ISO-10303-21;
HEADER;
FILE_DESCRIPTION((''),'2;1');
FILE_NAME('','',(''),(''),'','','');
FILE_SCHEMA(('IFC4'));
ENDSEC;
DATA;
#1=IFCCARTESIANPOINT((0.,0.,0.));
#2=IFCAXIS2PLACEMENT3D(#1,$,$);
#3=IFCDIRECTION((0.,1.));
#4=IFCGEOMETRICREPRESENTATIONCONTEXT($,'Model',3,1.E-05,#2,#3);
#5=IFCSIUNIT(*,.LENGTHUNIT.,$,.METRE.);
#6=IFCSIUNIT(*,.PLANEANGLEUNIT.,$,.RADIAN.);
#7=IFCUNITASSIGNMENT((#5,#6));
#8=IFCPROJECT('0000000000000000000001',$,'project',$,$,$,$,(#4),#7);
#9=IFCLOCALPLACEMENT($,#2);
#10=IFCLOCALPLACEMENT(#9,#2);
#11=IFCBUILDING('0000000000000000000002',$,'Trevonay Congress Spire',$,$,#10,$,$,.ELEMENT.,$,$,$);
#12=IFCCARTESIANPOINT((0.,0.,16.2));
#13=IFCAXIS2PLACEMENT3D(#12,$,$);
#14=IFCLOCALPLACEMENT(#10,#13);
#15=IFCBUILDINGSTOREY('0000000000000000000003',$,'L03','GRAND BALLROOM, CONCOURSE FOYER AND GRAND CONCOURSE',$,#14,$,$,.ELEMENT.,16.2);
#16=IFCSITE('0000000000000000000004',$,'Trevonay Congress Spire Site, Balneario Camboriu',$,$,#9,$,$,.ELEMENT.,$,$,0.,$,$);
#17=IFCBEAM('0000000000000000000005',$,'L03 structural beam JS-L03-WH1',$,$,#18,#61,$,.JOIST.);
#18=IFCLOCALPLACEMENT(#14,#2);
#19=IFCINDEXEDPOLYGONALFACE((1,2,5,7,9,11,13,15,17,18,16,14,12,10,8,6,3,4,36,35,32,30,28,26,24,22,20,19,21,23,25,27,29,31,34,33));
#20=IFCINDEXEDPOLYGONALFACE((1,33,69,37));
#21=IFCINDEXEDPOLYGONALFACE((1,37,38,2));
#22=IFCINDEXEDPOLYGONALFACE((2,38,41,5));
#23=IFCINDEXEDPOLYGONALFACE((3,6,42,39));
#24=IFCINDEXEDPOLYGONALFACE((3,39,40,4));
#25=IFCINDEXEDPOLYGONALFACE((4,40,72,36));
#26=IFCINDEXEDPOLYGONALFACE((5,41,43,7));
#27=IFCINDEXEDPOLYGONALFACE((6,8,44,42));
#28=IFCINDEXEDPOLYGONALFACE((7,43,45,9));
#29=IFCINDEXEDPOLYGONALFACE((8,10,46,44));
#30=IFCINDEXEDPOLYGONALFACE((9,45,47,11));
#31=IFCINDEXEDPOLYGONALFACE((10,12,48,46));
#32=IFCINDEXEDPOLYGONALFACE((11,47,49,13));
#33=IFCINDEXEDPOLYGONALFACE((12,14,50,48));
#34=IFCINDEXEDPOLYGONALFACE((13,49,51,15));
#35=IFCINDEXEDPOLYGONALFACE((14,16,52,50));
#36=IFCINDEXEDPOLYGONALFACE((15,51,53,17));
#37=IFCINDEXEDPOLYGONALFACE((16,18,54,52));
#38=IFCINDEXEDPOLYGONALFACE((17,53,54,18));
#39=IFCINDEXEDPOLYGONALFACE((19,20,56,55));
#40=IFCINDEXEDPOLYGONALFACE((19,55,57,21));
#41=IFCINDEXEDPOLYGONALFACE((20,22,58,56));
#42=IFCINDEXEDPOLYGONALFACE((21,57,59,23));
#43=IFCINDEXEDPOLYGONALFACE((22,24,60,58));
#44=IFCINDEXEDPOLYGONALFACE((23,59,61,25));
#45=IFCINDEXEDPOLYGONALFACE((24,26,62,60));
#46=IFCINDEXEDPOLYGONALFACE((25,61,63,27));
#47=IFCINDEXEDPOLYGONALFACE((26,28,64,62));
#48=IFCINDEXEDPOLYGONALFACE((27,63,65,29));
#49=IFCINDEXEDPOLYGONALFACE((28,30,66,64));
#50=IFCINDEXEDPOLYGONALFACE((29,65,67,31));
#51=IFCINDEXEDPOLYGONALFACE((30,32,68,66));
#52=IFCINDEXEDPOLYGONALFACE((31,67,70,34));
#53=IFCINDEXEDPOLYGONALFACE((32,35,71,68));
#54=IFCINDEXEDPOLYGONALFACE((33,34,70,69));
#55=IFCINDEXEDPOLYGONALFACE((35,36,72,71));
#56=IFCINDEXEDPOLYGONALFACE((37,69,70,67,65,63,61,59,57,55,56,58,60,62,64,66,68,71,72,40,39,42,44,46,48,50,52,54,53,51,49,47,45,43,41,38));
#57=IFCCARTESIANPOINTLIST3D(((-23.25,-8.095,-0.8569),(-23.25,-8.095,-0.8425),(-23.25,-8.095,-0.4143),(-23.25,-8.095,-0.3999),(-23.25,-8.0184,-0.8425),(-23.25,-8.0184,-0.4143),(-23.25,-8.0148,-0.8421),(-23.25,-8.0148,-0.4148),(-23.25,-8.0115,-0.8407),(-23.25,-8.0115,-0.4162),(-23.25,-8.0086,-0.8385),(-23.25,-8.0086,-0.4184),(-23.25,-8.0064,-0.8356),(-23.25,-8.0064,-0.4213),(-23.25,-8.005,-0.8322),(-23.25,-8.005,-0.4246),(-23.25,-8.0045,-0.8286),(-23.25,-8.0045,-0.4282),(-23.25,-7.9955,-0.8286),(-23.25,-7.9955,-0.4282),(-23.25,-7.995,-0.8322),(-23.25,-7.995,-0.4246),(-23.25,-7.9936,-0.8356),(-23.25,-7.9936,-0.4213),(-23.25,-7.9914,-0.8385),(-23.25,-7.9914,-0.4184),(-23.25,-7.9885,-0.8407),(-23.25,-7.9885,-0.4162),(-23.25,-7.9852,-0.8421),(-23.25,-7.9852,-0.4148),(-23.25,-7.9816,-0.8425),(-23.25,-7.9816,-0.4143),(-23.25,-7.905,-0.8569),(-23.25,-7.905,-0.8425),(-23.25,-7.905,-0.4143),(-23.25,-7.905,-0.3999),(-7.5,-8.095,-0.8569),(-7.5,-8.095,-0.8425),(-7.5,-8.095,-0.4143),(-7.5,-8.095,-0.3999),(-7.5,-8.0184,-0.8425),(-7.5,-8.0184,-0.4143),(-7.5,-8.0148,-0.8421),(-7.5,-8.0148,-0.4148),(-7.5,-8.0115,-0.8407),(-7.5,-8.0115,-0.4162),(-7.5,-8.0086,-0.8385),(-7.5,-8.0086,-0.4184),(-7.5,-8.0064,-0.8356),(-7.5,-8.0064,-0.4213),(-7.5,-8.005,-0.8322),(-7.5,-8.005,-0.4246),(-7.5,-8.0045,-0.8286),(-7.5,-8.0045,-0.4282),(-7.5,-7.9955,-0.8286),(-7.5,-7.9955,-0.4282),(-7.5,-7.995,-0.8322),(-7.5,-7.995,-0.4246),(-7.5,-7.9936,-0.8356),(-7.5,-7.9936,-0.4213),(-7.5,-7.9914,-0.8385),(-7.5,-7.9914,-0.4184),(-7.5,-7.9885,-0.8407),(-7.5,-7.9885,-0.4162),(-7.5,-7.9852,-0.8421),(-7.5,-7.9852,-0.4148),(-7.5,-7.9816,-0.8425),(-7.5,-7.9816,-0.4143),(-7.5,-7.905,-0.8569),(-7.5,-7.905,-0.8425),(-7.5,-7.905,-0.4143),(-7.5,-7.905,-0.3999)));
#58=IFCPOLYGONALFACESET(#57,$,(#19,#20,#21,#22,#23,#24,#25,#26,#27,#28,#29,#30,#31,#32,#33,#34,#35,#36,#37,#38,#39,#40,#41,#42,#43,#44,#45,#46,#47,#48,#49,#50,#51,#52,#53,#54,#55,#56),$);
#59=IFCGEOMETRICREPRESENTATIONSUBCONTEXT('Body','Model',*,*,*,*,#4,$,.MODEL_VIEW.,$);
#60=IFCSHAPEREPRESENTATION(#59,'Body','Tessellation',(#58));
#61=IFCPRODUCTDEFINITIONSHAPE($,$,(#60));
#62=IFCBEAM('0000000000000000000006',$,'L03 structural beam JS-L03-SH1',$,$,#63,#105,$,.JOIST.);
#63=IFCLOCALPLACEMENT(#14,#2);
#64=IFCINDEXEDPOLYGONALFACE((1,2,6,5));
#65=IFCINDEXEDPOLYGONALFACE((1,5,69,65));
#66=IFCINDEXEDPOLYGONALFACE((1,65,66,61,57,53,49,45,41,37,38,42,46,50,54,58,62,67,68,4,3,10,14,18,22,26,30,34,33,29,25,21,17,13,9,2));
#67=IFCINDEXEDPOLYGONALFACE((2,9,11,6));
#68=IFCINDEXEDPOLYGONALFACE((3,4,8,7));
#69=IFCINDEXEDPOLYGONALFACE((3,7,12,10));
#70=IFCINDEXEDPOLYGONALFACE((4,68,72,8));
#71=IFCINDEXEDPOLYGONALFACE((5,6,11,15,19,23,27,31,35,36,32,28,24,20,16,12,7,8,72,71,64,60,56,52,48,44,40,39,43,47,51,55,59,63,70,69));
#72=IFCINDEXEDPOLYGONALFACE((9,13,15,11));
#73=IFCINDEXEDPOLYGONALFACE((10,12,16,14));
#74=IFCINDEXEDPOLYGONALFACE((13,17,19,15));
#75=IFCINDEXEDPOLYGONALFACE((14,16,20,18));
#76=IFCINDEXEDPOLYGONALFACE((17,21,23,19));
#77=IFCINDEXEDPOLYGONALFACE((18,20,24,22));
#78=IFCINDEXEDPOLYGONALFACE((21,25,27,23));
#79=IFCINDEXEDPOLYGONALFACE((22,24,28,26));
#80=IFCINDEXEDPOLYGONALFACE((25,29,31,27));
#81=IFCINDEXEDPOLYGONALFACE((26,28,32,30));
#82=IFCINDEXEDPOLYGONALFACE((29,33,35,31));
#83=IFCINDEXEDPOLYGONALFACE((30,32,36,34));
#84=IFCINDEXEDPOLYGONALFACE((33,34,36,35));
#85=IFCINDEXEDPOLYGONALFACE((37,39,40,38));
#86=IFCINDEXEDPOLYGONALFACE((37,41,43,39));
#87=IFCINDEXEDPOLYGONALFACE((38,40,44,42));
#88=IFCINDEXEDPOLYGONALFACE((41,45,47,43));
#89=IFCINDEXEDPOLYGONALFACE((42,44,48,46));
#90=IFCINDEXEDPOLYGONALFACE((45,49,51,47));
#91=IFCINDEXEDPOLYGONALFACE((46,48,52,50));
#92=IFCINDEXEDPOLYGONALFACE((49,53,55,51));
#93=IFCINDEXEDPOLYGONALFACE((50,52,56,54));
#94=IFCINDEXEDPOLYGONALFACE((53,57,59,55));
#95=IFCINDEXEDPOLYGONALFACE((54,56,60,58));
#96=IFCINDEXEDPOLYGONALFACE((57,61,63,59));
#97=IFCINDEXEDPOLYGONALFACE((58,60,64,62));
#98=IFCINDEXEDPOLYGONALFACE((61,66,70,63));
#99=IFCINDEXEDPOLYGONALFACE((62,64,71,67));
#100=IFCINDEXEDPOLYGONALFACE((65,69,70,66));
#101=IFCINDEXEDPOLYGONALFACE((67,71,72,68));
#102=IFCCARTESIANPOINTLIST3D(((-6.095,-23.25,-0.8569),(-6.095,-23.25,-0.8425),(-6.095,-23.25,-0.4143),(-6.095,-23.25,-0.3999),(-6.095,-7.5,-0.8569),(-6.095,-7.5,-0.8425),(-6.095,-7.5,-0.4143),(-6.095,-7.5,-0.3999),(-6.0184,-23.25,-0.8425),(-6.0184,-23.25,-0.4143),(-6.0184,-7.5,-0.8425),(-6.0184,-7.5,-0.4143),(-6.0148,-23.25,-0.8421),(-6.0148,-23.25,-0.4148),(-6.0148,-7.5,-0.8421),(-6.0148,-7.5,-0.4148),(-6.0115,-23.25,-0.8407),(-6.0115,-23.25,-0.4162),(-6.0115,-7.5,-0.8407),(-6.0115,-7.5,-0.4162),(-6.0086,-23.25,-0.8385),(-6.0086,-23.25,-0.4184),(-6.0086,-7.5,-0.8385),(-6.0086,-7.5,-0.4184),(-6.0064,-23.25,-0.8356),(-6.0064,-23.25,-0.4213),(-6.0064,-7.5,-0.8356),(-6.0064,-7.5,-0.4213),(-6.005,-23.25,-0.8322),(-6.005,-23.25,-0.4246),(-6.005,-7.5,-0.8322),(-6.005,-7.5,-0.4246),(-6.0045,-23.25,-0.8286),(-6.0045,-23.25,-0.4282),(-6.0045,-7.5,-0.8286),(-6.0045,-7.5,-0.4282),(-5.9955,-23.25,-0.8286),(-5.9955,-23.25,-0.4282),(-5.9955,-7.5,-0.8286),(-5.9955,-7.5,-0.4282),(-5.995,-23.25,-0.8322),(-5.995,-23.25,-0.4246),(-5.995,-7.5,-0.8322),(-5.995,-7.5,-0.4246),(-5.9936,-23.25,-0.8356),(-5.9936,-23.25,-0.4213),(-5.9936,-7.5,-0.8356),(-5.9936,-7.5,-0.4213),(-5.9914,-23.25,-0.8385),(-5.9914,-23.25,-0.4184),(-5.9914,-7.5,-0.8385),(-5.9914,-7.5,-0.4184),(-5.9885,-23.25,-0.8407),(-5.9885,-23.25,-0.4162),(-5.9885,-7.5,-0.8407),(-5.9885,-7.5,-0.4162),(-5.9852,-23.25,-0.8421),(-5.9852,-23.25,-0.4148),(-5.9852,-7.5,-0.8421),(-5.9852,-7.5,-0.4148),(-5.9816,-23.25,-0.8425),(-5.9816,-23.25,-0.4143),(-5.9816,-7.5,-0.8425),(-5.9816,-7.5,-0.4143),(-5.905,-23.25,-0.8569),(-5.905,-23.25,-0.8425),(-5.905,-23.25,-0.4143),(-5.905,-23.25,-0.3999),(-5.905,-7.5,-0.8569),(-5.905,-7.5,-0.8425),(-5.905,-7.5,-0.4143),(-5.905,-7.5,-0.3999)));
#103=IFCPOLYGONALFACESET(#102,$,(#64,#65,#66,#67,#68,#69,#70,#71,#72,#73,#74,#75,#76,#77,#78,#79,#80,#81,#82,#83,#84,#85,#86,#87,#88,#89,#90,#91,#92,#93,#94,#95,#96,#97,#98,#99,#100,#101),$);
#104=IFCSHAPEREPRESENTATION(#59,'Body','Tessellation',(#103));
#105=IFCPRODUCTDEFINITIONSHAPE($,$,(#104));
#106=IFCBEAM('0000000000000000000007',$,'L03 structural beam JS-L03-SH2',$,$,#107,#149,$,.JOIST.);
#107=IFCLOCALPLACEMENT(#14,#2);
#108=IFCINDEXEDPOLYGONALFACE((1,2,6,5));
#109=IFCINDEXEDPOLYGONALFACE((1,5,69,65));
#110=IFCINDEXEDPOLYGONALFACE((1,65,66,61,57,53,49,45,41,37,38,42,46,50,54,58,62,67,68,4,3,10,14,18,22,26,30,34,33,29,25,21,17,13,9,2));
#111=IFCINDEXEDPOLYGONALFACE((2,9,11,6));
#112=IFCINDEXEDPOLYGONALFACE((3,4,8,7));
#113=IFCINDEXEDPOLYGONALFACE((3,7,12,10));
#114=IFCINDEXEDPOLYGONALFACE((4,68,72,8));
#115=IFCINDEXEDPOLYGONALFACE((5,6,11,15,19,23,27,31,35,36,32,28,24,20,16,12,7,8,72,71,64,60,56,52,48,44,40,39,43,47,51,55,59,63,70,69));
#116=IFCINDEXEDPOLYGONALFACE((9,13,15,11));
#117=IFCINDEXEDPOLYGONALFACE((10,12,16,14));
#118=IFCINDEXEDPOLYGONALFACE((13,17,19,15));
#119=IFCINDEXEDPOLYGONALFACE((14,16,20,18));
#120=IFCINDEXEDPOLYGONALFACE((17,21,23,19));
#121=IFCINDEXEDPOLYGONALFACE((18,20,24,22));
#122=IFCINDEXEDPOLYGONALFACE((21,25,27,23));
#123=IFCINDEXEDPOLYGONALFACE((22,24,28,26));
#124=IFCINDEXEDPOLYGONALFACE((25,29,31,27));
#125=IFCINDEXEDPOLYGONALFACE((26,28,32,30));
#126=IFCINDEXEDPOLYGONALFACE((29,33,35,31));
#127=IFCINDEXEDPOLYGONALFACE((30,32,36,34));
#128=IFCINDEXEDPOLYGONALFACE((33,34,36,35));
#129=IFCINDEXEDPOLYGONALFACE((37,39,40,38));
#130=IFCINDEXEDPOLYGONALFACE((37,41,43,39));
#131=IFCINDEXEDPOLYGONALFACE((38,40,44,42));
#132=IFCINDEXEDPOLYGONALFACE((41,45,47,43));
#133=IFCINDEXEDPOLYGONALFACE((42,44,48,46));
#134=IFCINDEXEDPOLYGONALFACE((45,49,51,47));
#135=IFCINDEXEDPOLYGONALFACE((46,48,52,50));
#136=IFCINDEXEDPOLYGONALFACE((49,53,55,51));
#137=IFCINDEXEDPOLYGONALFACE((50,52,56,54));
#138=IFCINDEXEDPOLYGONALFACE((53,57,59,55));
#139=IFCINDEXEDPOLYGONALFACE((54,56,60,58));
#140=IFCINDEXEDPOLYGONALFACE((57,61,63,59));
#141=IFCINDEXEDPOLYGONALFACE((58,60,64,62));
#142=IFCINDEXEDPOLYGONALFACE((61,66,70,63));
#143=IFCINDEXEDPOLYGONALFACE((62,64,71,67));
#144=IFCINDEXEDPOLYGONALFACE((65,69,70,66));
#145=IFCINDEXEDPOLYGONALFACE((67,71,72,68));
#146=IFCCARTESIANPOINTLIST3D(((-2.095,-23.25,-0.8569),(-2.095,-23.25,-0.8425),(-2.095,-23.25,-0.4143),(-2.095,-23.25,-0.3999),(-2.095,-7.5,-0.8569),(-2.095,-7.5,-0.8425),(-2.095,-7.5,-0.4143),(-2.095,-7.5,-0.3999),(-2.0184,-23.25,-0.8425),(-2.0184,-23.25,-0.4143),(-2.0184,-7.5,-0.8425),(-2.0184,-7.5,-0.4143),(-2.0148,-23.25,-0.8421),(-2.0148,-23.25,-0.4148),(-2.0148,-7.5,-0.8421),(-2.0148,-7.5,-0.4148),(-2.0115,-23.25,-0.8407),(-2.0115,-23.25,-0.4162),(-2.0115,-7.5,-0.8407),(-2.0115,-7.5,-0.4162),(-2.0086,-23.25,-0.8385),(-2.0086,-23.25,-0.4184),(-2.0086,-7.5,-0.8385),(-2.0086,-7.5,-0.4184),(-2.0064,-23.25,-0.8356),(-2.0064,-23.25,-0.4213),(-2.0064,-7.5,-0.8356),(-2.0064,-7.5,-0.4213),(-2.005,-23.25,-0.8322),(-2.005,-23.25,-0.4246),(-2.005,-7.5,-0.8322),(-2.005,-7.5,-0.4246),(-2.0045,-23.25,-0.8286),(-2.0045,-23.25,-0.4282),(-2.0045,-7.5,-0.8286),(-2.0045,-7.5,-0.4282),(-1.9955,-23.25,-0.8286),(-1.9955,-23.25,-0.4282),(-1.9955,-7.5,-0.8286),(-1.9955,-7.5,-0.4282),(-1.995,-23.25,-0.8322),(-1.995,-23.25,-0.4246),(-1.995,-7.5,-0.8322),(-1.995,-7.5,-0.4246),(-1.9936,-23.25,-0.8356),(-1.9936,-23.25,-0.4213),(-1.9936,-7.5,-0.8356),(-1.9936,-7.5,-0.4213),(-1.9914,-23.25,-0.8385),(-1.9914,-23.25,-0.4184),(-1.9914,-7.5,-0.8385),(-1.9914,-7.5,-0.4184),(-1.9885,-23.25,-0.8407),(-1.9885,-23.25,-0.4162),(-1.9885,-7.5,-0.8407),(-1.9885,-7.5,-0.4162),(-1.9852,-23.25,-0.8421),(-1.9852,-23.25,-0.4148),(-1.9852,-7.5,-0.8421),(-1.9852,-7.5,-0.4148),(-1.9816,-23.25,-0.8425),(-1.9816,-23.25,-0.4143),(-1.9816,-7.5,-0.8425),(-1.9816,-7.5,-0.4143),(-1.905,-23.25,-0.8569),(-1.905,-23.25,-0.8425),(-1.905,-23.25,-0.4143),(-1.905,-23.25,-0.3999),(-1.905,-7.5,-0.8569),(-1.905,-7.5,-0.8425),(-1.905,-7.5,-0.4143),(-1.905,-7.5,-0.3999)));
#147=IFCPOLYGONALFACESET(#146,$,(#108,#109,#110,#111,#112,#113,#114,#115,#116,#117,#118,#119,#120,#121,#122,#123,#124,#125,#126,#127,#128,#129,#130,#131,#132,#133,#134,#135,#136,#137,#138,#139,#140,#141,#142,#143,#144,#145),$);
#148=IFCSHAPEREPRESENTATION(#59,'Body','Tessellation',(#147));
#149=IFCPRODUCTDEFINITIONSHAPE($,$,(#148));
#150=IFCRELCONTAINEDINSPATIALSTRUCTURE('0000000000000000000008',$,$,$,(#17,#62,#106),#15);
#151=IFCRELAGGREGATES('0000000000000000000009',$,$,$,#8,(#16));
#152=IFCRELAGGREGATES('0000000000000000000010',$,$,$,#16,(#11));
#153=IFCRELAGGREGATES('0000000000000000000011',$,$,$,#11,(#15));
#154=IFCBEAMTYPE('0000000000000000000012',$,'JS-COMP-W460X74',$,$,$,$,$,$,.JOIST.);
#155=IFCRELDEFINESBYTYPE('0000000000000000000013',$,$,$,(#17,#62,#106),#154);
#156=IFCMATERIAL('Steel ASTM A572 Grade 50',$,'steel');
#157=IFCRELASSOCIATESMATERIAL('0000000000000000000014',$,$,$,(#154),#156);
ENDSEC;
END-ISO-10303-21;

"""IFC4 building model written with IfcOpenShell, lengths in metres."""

from ifc_helpers import new_model, si_unit, direction, frame, origin, origin_2d, place, context, subcontext, project, spatial, i_section, extrude, material, material_profile, profile_set, type_object, element, save


model = new_model("IFC4")

# Units and contexts
model_context = context("Model", 3, precision=1e-05, world=origin(), true_north=direction((0.0, 1.0)))
body_context = subcontext(model_context, "Body", "Model", "MODEL_VIEW")
ifc_project = project(units=[si_unit("LENGTHUNIT", "METRE"), si_unit("PLANEANGLEUNIT", "RADIAN")], contexts=[model_context])

# Site, building, storey
site_placement = place(None, origin())
site = spatial("IfcSite", under=ifc_project, at=site_placement, Name="Trevonay Congress Spire Site, Balneario Camboriu", CompositionType="ELEMENT", RefElevation=0.0)
building_placement = place(site_placement, origin())
building = spatial("IfcBuilding", under=site, at=building_placement, Name="Trevonay Congress Spire", CompositionType="ELEMENT")
storey_placement = place(building_placement, frame((0.0, 0.0, 16.2)))
storey = spatial("IfcBuildingStorey", under=building, at=storey_placement, Name="L03", Description="GRAND BALLROOM, CONCOURSE FOYER AND GRAND CONCOURSE", CompositionType="ELEMENT", Elevation=16.2)

# Shared definitions
ifc_material_1 = material(Name="Steel ASTM A572 Grade 50", Category="steel")

# Beams
ifc_material_profile_1 = material_profile(ifc_material_1, i_section(OverallWidth=0.1899, OverallDepth=0.457, WebThickness=0.009, FlangeThickness=0.0144, FilletRadius=0.0139, at=origin_2d()), Name="W460x74")
ifc_profile_set_1 = profile_set([ifc_material_profile_1], Name="Steel ASTM A572 Grade 50")
beam_type_1 = type_object("IfcBeamType", Name="JS-COMP-W460X74", PredefinedType="JOIST", material=ifc_profile_set_1)
for number, where, z_axis, x_axis, name in (
    (1, (-23.25, -8.0, -0.6284), (1.0, 0.0, 0.0), (0.0, 1.0, 0.0), "L03 structural beam JS-L03-WH1"),
    (2, (-6.0, -23.25, -0.6284), (0.0, 1.0, 0.0), (-1.0, 0.0, 0.0), "L03 structural beam JS-L03-SH1"),
    (3, (-2.0, -23.25, -0.6284), (0.0, 1.0, 0.0), (-1.0, 0.0, 0.0), "L03 structural beam JS-L03-SH2"),
):
    element("IfcBeam", number, at=place(storey_placement, frame(where, z_axis=z_axis, x_axis=x_axis)), inside=storey, type_object=beam_type_1, Name=name, PredefinedType="JOIST", context=body_context, shape_type="SweptSolid", body=[
        extrude(i_section(OverallWidth=0.1899, OverallDepth=0.457, WebThickness=0.009, FlangeThickness=0.0144, FilletRadius=0.0139, at=origin_2d()), origin(), (0.0, 0.0, 1.0), 15.75),
    ])

save(model, "model.ifc")
